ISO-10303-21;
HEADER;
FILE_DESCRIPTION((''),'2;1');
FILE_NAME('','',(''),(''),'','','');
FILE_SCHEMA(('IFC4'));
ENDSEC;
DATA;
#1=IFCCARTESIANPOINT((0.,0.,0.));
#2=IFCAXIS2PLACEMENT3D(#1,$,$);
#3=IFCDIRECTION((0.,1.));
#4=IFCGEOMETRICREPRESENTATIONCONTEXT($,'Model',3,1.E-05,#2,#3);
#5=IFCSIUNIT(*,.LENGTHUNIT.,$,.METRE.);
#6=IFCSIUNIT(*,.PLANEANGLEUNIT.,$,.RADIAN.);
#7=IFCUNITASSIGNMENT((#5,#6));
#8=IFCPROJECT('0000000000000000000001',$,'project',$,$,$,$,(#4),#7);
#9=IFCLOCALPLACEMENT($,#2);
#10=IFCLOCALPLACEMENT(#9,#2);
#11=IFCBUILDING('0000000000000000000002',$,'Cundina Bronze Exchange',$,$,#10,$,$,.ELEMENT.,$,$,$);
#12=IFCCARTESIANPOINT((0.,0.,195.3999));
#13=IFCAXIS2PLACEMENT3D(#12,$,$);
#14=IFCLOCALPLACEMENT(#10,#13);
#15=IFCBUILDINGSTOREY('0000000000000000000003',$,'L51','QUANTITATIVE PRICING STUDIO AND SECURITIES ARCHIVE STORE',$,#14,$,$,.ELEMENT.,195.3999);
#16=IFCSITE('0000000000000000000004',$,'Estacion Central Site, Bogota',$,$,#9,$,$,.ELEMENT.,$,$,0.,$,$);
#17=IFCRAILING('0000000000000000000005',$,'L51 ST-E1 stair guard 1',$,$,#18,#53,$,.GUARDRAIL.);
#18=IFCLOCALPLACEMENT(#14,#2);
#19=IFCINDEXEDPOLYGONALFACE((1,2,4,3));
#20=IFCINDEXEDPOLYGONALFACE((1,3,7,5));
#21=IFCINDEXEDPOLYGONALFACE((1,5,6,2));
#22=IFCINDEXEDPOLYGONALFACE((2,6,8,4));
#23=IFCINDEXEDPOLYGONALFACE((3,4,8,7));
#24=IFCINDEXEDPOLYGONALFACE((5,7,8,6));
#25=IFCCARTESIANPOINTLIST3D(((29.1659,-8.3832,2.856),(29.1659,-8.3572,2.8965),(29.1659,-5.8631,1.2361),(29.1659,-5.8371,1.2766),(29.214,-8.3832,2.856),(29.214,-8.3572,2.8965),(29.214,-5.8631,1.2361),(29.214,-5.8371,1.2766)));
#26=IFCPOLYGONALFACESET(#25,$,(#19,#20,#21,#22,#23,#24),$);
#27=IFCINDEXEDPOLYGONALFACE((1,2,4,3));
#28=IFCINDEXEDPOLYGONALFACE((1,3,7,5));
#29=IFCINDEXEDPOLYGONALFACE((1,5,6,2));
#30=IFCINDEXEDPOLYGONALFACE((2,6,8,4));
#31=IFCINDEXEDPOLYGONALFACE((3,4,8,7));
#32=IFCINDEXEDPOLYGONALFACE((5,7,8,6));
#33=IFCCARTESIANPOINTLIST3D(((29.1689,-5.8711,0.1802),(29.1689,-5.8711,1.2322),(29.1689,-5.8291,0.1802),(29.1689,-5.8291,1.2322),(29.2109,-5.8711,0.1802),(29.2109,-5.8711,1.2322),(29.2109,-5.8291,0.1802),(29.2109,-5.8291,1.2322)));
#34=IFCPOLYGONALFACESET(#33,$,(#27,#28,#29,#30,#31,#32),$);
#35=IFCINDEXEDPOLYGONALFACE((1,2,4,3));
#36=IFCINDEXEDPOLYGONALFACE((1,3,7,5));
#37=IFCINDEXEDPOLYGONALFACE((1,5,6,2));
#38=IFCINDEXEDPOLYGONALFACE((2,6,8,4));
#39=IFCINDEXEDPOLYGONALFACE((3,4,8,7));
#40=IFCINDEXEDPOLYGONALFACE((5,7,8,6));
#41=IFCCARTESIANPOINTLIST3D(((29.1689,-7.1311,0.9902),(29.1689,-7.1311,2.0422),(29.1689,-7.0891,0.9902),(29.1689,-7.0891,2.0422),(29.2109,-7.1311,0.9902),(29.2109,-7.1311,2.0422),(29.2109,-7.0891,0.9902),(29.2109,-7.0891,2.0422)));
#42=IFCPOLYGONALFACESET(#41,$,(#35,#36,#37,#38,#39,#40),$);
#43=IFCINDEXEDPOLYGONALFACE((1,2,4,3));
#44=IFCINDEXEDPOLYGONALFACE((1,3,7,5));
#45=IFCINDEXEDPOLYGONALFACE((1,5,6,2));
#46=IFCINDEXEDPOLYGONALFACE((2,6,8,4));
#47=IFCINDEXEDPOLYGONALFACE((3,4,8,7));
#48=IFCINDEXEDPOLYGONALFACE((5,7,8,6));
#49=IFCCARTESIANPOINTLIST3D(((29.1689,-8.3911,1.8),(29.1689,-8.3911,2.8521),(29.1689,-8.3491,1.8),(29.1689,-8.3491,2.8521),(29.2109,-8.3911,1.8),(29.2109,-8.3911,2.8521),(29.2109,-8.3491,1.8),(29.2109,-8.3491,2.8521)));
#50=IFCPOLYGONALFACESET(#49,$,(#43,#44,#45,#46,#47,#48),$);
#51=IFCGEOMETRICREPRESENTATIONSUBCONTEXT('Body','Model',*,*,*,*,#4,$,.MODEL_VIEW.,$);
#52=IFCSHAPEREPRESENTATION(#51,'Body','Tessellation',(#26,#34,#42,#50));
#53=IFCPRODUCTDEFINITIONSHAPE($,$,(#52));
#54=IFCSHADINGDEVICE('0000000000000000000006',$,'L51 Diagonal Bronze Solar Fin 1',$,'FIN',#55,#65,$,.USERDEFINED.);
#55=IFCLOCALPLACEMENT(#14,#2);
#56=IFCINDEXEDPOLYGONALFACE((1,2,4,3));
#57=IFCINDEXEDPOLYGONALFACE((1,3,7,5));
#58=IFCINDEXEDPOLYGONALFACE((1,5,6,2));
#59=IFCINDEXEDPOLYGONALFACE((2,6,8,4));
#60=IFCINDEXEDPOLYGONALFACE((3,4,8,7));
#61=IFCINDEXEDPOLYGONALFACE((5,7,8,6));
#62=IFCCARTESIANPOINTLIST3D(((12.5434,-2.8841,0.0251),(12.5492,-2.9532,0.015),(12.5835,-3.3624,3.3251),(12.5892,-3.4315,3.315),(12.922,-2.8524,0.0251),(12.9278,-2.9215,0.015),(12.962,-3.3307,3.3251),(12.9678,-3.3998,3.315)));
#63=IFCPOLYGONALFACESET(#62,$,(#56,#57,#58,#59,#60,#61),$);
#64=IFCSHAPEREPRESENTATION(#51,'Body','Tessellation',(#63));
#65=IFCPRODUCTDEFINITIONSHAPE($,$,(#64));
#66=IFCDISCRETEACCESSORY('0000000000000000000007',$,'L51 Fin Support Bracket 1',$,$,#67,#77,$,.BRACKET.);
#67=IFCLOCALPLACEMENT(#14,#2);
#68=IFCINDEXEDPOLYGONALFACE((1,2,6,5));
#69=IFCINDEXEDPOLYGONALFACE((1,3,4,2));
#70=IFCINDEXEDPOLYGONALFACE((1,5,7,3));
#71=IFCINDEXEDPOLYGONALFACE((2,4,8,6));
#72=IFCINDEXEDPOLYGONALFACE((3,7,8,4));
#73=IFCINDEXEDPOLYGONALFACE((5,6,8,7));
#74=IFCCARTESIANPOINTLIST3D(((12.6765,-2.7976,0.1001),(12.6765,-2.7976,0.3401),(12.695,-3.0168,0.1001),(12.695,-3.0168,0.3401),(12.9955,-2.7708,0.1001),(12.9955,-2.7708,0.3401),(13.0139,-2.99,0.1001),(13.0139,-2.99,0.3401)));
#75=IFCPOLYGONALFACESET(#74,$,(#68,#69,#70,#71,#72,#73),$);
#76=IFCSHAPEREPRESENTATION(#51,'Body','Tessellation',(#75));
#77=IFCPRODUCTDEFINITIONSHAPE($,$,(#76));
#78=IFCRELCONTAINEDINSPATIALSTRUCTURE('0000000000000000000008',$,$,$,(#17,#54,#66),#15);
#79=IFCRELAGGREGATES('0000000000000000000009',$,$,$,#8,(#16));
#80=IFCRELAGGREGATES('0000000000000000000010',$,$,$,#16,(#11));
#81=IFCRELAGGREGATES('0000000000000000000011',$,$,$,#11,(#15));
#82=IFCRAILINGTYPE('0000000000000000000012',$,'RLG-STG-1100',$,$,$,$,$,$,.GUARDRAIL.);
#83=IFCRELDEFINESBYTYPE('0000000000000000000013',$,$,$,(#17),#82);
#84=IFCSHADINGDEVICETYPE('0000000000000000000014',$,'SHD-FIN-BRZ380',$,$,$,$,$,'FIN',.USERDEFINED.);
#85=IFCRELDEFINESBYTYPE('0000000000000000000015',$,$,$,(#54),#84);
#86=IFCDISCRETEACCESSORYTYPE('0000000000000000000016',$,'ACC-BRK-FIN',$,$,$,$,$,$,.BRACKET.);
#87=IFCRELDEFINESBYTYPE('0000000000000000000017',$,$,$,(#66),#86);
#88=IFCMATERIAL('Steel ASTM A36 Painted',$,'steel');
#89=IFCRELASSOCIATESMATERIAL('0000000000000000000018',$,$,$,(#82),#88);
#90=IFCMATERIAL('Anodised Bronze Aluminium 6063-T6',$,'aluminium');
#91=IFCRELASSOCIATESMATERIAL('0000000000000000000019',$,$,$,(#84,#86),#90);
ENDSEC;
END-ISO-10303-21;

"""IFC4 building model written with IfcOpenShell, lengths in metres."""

from ifc_helpers import new_model, si_unit, direction, frame, origin, origin_2d, place, context, subcontext, project, spatial, rectangle, extrude, material, material_profile, profile_set, type_object, element, save


model = new_model("IFC4")

# Units and contexts
model_context = context("Model", 3, precision=1e-05, world=origin(), true_north=direction((0.0, 1.0)))
body_context = subcontext(model_context, "Body", "Model", "MODEL_VIEW")
ifc_project = project(units=[si_unit("LENGTHUNIT", "METRE"), si_unit("PLANEANGLEUNIT", "RADIAN")], contexts=[model_context])

# Site, building, storey
site_placement = place(None, origin())
site = spatial("IfcSite", under=ifc_project, at=site_placement, Name="Estacion Central Site, Bogota", CompositionType="ELEMENT", RefElevation=0.0)
building_placement = place(site_placement, origin())
building = spatial("IfcBuilding", under=site, at=building_placement, Name="Cundina Bronze Exchange", CompositionType="ELEMENT")
storey_placement = place(building_placement, frame((0.0, 0.0, 195.3999)))
storey = spatial("IfcBuildingStorey", under=building, at=storey_placement, Name="L51", Description="QUANTITATIVE PRICING STUDIO AND SECURITIES ARCHIVE STORE", CompositionType="ELEMENT", Elevation=195.3999)

# Shared definitions
ifc_material_1 = material(Name="Anodised Bronze Aluminium 6063-T6", Category="aluminium")

# Shared definitions
ifc_material_2 = material(Name="Steel ASTM A36 Painted", Category="steel")

# Railing
railing_type_1 = type_object("IfcRailingType", Name="RLG-STG-1100", PredefinedType="GUARDRAIL", material=ifc_material_2)
railing_1_placement = place(storey_placement, frame((29.1899, -5.8501, 0.1802)))
element("IfcRailing", 1, at=railing_1_placement, inside=storey, type_object=railing_type_1, Name="L51 ST-E1 stair guard 1", PredefinedType="GUARDRAIL", context=body_context, shape_type="SweptSolid", body=[
    extrude(rectangle(XDim=0.0481, YDim=0.0481, at=origin_2d()), frame((0.0, 0.0, 1.0762), z_axis=(0.0, -0.8412, 0.540725), x_axis=(1.0, 0.0, 0.0)), (0.0, 0.0, 1.0), 2.9958),
    extrude(rectangle(XDim=0.042, YDim=0.042, at=origin_2d()), origin(), (0.0, 0.0, 1.0), 1.052),
    extrude(rectangle(XDim=0.042, YDim=0.042, at=origin_2d()), frame((0.0, -1.26, 0.8101)), (0.0, 0.0, 1.0), 1.052),
    extrude(rectangle(XDim=0.042, YDim=0.042, at=origin_2d()), frame((0.0, -2.52, 1.6199)), (0.0, 0.0, 1.0), 1.052),
])

# Shading device
ifc_material_profile_1 = material_profile(ifc_material_1, rectangle(XDim=0.0701, YDim=0.3799, at=origin_2d()), Name="FIN70X380", Category="aluminium")
ifc_profile_set_1 = profile_set([ifc_material_profile_1], Name="Anodised Bronze Aluminium 6063-T6")
shading_device_type = type_object("IfcShadingDeviceType", Name="SHD-FIN-BRZ380", ElementType="FIN", PredefinedType="USERDEFINED", material=ifc_profile_set_1)
shading_device_placement = place(storey_placement, frame((12.7356, -2.9028, 0.02), z_axis=(0.012007, -0.14342, 0.989589), x_axis=(-0.082556, 0.98614, 0.143921)))
element("IfcShadingDevice", 2, at=shading_device_placement, inside=storey, type_object=shading_device_type, Name="L51 Diagonal Bronze Solar Fin 1", ObjectType="FIN", PredefinedType="USERDEFINED", context=body_context, shape_type="SweptSolid", body=[
    extrude(rectangle(XDim=0.0701, YDim=0.3799, at=origin_2d()), origin(), (0.0, 0.0, 1.0), 3.3347),
])

# Discrete accessory
discrete_accessory_type = type_object("IfcDiscreteAccessoryType", Name="ACC-BRK-FIN", PredefinedType="BRACKET", material=ifc_material_1)
discrete_accessory_placement = place(storey_placement, frame((12.8452, -2.8938, 0.1001), z_axis=(0.0, 0.0, 1.0), x_axis=(0.083747, -0.996487, 0.0)))
element("IfcDiscreteAccessory", 3, at=discrete_accessory_placement, inside=storey, type_object=discrete_accessory_type, Name="L51 Fin Support Bracket 1", PredefinedType="BRACKET", context=body_context, shape_type="SweptSolid", body=[
    extrude(rectangle(XDim=0.22, YDim=0.3201, at=origin_2d()), origin(), (0.0, 0.0, 1.0), 0.24),
])

save(model, "model.ifc")
